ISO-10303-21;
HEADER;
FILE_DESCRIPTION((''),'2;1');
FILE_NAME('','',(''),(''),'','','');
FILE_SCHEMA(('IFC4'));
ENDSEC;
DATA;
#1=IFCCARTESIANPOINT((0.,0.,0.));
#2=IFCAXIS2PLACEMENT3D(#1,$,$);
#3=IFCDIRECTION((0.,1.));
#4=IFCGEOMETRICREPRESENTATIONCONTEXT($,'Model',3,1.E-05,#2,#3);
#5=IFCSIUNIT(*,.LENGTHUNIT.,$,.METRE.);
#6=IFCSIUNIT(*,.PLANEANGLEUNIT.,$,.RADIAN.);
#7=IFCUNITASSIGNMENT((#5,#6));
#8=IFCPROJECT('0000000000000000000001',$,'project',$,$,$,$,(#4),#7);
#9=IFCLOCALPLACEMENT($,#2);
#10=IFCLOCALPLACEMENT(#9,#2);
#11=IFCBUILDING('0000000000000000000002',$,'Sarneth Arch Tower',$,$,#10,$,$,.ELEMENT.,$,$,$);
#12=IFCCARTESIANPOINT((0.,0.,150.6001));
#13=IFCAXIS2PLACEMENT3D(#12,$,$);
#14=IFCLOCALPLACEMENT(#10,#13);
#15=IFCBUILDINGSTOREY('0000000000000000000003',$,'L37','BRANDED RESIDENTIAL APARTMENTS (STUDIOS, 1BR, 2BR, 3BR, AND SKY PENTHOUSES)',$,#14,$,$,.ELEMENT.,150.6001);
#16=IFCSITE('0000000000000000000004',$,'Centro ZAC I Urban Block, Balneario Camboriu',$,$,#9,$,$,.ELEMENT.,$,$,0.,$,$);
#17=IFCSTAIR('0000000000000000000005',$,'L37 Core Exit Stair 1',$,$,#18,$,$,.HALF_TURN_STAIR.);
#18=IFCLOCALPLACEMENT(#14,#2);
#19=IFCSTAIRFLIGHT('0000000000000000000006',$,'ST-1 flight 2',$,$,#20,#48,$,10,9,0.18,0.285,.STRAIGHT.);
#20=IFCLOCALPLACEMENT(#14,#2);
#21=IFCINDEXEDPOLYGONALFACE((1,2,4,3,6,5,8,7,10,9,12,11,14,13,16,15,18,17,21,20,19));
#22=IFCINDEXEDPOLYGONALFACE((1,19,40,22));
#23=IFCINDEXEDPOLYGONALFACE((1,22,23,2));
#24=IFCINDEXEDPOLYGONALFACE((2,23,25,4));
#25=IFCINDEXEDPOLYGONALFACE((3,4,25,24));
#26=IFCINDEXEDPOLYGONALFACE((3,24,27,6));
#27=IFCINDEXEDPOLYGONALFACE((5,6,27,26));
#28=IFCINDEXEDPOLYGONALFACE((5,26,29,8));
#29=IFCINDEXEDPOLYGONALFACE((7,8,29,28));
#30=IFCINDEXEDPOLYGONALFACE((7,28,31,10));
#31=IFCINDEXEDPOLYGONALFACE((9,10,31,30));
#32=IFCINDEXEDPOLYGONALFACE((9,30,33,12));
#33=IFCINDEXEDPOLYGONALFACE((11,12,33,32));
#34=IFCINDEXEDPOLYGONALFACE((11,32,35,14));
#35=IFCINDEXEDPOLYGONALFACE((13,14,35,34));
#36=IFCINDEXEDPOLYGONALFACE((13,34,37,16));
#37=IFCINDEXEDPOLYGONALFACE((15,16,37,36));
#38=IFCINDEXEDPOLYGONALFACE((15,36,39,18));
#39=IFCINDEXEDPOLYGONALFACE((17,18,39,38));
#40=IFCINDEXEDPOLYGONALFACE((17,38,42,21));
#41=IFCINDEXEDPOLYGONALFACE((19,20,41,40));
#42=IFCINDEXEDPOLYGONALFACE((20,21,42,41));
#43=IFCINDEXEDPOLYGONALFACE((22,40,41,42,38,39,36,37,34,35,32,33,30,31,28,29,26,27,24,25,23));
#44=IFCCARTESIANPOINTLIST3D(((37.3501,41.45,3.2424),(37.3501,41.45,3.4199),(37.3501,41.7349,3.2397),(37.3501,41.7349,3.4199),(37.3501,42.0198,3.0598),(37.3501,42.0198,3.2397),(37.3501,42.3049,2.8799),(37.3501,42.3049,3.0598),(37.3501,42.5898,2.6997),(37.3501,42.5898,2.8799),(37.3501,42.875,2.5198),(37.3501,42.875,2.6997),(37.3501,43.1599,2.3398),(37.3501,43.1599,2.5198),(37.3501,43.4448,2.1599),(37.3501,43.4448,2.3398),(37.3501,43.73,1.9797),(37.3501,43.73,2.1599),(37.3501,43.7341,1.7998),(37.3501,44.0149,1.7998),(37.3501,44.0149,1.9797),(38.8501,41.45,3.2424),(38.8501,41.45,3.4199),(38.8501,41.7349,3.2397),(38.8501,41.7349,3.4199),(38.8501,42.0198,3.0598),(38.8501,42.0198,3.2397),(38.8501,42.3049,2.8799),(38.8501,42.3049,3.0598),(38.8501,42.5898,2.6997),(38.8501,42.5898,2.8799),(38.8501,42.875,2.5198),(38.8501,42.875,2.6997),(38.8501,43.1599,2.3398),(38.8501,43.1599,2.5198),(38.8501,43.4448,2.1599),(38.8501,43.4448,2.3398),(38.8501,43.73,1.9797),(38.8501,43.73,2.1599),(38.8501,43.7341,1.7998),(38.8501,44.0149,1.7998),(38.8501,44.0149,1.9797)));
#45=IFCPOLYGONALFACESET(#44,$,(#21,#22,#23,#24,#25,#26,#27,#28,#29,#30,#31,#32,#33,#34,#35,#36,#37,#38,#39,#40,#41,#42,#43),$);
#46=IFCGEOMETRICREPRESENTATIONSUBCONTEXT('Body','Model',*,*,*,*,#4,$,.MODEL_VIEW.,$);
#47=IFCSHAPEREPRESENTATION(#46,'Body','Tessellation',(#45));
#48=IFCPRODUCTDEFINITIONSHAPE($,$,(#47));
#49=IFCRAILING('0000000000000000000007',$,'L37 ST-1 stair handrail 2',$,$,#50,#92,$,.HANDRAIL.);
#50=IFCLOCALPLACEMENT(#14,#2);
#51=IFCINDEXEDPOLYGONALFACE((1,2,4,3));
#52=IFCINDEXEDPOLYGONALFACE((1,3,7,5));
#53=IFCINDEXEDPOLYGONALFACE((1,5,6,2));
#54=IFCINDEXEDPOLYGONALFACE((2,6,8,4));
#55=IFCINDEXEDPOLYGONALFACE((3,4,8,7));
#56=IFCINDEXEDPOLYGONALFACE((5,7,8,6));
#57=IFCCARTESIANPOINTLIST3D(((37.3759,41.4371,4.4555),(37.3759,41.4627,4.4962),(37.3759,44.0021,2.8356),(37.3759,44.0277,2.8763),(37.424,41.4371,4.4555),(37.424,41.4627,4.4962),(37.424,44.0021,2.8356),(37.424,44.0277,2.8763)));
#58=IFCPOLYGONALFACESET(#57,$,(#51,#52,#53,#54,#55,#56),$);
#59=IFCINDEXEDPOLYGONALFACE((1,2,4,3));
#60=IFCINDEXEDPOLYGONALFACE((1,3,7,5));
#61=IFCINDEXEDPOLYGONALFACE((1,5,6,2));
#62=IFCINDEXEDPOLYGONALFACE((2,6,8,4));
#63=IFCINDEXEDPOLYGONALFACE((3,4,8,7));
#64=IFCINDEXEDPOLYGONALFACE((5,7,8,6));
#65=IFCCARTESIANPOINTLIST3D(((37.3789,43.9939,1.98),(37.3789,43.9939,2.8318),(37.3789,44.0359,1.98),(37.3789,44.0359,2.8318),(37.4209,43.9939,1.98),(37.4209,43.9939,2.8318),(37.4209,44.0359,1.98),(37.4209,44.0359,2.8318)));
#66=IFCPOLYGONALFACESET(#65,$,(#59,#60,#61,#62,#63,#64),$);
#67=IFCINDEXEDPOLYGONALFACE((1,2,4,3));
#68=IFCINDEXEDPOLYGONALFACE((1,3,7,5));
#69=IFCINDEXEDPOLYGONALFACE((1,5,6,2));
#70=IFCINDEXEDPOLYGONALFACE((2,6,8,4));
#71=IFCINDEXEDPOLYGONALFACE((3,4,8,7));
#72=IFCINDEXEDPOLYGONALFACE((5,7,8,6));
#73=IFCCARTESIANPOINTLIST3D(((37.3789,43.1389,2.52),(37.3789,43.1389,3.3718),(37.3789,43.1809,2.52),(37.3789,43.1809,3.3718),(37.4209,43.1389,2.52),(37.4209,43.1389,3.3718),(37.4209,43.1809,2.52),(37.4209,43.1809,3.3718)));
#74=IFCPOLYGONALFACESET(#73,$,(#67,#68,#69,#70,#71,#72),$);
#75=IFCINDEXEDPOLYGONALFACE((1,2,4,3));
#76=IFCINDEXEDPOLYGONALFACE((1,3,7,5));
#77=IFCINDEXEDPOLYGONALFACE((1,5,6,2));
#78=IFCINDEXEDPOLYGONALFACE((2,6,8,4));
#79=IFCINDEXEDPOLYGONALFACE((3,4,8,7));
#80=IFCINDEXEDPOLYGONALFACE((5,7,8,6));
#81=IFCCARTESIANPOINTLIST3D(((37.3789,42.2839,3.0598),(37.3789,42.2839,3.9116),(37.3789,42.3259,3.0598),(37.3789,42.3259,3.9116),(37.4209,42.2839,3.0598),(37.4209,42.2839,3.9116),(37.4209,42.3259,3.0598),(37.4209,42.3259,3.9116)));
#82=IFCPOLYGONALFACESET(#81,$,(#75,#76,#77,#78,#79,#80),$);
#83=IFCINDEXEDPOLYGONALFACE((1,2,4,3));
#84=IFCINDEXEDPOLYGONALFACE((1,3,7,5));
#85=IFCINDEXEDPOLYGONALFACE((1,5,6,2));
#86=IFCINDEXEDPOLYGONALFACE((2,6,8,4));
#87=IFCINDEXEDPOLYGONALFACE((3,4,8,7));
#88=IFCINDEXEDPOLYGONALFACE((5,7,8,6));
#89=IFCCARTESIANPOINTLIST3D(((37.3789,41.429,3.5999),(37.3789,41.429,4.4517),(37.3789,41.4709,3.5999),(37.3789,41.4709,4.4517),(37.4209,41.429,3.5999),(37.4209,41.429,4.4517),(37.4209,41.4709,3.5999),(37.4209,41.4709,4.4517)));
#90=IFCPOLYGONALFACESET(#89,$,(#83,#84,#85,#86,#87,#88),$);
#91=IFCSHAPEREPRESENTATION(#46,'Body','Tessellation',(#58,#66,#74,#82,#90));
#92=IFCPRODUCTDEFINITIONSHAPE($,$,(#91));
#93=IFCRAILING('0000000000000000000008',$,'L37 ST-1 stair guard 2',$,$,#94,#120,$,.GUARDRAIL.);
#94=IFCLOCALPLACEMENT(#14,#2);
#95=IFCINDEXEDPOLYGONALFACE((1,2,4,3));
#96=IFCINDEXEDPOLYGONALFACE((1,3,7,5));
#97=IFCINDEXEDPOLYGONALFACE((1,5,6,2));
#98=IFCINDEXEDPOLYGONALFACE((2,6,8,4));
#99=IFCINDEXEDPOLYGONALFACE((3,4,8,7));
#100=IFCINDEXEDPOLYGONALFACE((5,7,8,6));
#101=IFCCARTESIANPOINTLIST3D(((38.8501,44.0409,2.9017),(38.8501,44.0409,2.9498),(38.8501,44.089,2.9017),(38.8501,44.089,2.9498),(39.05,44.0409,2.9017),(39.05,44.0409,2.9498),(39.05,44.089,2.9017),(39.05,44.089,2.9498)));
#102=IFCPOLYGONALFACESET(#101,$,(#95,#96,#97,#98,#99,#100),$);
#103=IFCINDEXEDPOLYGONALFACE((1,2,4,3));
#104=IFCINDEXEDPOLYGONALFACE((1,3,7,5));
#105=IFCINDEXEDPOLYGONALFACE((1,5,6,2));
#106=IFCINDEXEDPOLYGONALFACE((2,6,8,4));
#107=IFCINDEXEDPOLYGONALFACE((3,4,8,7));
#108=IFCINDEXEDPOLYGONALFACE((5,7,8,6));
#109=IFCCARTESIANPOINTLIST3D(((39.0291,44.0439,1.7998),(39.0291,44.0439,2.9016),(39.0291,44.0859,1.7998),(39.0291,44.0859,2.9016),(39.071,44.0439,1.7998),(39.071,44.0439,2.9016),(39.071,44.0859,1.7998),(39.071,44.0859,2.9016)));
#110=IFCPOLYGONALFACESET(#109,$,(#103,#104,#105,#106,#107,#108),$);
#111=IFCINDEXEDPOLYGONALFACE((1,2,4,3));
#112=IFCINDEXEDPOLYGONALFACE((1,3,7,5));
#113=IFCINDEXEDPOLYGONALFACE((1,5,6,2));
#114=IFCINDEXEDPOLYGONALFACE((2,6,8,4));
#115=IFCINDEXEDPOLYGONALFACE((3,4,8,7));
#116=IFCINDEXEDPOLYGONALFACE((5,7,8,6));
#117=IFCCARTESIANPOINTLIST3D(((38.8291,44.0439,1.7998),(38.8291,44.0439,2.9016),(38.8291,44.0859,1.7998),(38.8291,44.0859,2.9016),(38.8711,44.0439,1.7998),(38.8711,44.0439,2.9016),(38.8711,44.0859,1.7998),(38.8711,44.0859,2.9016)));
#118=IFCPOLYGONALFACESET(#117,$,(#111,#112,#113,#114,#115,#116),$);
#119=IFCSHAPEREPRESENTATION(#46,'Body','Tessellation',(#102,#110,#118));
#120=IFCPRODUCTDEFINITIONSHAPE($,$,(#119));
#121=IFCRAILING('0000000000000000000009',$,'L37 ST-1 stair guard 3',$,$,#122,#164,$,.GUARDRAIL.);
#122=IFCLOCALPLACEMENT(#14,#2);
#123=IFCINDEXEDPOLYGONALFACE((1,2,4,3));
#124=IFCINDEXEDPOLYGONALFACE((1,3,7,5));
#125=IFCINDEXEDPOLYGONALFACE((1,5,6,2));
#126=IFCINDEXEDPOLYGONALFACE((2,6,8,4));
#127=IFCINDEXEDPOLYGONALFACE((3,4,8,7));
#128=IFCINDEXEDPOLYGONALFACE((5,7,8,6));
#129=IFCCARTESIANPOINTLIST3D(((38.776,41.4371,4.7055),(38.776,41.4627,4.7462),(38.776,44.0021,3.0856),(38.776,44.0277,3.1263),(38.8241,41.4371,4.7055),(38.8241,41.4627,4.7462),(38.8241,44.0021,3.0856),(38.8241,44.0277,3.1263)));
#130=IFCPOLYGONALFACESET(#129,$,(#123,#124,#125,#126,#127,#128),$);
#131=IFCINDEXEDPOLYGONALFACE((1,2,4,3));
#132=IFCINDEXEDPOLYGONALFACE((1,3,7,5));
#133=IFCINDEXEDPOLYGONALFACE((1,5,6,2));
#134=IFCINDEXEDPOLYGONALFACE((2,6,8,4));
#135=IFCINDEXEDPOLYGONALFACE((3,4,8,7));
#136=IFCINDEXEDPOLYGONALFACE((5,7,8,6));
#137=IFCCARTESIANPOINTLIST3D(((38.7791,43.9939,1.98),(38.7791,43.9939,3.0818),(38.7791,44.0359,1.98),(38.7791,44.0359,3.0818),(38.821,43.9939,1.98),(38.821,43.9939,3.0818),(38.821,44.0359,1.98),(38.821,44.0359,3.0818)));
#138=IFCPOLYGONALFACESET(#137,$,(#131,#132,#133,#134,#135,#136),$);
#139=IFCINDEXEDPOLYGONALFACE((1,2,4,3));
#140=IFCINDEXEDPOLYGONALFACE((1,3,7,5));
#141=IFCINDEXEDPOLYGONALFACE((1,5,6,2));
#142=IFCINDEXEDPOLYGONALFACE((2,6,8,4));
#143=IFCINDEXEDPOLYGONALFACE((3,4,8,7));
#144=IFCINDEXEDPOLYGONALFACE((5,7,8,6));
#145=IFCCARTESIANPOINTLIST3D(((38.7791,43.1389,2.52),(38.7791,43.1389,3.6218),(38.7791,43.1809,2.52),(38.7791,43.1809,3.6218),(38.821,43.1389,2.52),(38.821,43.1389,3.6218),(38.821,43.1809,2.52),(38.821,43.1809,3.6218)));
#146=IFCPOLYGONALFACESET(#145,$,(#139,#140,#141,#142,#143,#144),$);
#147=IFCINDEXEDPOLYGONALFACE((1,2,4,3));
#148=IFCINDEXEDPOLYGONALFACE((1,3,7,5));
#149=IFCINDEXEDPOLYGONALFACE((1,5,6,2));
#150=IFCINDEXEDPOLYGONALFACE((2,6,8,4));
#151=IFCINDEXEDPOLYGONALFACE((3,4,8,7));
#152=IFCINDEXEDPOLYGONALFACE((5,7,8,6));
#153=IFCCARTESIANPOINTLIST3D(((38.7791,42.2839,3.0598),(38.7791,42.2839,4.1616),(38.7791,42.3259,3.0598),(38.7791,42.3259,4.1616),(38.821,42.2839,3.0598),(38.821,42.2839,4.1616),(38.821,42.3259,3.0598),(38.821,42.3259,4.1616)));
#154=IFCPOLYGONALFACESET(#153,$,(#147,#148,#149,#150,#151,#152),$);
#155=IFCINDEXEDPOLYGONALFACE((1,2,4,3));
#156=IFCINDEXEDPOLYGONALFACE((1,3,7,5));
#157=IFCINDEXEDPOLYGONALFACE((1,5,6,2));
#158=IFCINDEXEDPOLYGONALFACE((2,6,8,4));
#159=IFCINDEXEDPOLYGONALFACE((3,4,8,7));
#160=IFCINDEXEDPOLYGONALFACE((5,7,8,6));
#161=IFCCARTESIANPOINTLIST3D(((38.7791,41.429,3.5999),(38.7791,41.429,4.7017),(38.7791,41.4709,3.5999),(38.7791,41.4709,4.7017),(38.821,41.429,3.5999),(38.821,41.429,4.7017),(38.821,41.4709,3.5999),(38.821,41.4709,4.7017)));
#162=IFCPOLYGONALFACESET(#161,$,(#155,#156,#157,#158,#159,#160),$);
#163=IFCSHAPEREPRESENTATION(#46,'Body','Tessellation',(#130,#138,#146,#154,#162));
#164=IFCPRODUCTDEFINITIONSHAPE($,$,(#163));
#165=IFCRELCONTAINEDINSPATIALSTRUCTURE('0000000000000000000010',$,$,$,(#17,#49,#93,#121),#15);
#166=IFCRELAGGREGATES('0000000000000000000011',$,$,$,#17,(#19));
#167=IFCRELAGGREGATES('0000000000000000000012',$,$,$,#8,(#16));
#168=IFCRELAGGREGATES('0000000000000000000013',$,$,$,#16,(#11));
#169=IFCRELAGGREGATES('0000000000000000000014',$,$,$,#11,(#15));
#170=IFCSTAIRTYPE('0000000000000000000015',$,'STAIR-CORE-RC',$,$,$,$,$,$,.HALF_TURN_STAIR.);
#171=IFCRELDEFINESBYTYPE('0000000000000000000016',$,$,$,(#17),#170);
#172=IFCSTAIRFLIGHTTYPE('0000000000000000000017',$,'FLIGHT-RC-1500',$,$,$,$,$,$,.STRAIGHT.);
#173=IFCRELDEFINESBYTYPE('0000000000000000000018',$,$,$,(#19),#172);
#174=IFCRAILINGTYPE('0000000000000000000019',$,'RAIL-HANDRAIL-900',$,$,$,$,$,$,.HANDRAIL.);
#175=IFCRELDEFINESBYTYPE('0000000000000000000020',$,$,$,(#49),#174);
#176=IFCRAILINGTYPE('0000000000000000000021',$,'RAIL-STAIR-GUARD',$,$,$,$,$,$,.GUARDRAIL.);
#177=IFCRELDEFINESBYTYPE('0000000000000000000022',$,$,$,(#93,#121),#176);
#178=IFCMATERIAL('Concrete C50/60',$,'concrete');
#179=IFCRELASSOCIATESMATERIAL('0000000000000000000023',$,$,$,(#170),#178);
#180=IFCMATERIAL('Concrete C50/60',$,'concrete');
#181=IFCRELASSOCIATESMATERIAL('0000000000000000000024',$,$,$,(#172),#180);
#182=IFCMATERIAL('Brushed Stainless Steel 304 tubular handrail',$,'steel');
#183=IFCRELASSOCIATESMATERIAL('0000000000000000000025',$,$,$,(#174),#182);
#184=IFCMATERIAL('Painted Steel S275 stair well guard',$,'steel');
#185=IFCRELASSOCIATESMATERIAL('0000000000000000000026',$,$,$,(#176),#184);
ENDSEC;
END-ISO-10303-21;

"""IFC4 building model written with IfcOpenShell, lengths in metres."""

from ifc_helpers import new_model, si_unit, direction, frame, origin, origin_2d, place, context, subcontext, project, spatial, polyline, rectangle, outline, extrude, material, type_object, element, aggregate, save


model = new_model("IFC4")

# Units and contexts
model_context = context("Model", 3, precision=1e-05, world=origin(), true_north=direction((0.0, 1.0)))
body_context = subcontext(model_context, "Body", "Model", "MODEL_VIEW")
ifc_project = project(units=[si_unit("LENGTHUNIT", "METRE"), si_unit("PLANEANGLEUNIT", "RADIAN")], contexts=[model_context])

# Site, building, storey
site_placement = place(None, origin())
site = spatial("IfcSite", under=ifc_project, at=site_placement, Name="Centro ZAC I Urban Block, Balneario Camboriu", CompositionType="ELEMENT", RefElevation=0.0)
building_placement = place(site_placement, origin())
building = spatial("IfcBuilding", under=site, at=building_placement, Name="Sarneth Arch Tower", CompositionType="ELEMENT")
storey_placement = place(building_placement, frame((0.0, 0.0, 150.6001)))
storey = spatial("IfcBuildingStorey", under=building, at=storey_placement, Name="L37", Description="BRANDED RESIDENTIAL APARTMENTS (STUDIOS, 1BR, 2BR, 3BR, AND SKY PENTHOUSES)", CompositionType="ELEMENT", Elevation=150.6001)

# Stair, stair flight
ifc_material_1 = material(Name="Concrete C50/60", Category="concrete")
stair_type = type_object("IfcStairType", Name="STAIR-CORE-RC", PredefinedType="HALF_TURN_STAIR", material=ifc_material_1)
stair_placement = place(storey_placement, origin())
stair = element("IfcStair", 1, at=stair_placement, inside=storey, type_object=stair_type, Name="L37 Core Exit Stair 1", PredefinedType="HALF_TURN_STAIR")
ifc_material_2 = material(Name="Concrete C50/60", Category="concrete")
stair_flight_type = type_object("IfcStairFlightType", Name="FLIGHT-RC-1500", PredefinedType="STRAIGHT", material=ifc_material_2)
stair_flight_placement = place(storey_placement, frame((38.1001, 44.0149, 1.7998), z_axis=(0.0, 0.0, 1.0), x_axis=(0.0, -1.0, 0.0)))
stair_flight = element("IfcStairFlight", 2, at=stair_flight_placement, type_object=stair_flight_type, Name="ST-1 flight 2", NumberOfRisers=10, NumberOfTreads=9, PredefinedType="STRAIGHT", RiserHeight=0.18, TreadLength=0.285, context=body_context, shape_type="SweptSolid", body=[
    extrude(outline(polyline([(0.0, 0.0), (0.0, 0.1799), (0.2849, 0.1799), (0.2849, 0.3601), (0.5701, 0.3601), (0.5701, 0.54), (0.855, 0.54), (0.855, 0.72), (1.1399, 0.72), (1.1399, 0.8999), (1.425, 0.8999), (1.425, 1.0801), (1.71, 1.0801), (1.71, 1.26), (1.9951, 1.26), (1.9951, 1.4399), (2.28, 1.4399), (2.28, 1.6201), (2.5649, 1.6201), (2.5649, 1.8), (2.5649, 1.4426), (0.2808, 0.0), (0.0, 0.0)])), frame((0.0, 0.75, 0.0), z_axis=(0.0, -1.0, 0.0), x_axis=(1.0, 0.0, 0.0)), (0.0, 0.0, 1.0), 1.5),
])
aggregate(stair, [stair_flight])

# Railings
ifc_material_3 = material(Name="Brushed Stainless Steel 304 tubular handrail", Category="steel")
railing_type_1 = type_object("IfcRailingType", Name="RAIL-HANDRAIL-900", PredefinedType="HANDRAIL", material=ifc_material_3)
railing_1_placement = place(storey_placement, frame((37.3999, 44.0149, 1.98)))
element("IfcRailing", 3, at=railing_1_placement, inside=storey, type_object=railing_type_1, Name="L37 ST-1 stair handrail 2", PredefinedType="HANDRAIL", context=body_context, shape_type="SweptSolid", body=[
    extrude(rectangle(XDim=0.0481, YDim=0.0481, at=origin_2d()), frame((0.0, 0.0, 0.876), z_axis=(0.0, -0.845502, 0.533972), x_axis=(1.0, 0.0, 0.0)), (0.0, 0.0, 1.0), 3.0337),
    extrude(rectangle(XDim=0.042, YDim=0.042, at=origin_2d()), origin(), (0.0, 0.0, 1.0), 0.8518),
    extrude(rectangle(XDim=0.042, YDim=0.042, at=origin_2d()), frame((0.0, -0.855, 0.54)), (0.0, 0.0, 1.0), 0.8518),
    extrude(rectangle(XDim=0.042, YDim=0.042, at=origin_2d()), frame((0.0, -1.71, 1.0798)), (0.0, 0.0, 1.0), 0.8518),
    extrude(rectangle(XDim=0.042, YDim=0.042, at=origin_2d()), frame((0.0, -2.5649, 1.6199)), (0.0, 0.0, 1.0), 0.8518),
])
ifc_material_4 = material(Name="Painted Steel S275 stair well guard", Category="steel")
railing_type_2 = type_object("IfcRailingType", Name="RAIL-STAIR-GUARD", PredefinedType="GUARDRAIL", material=ifc_material_4)
railing_2_placement = place(storey_placement, frame((39.05, 44.0649, 1.7998)))
element("IfcRailing", 4, at=railing_2_placement, inside=storey, type_object=railing_type_2, Name="L37 ST-1 stair guard 2", PredefinedType="GUARDRAIL", context=body_context, shape_type="SweptSolid", body=[
    extrude(rectangle(XDim=0.0481, YDim=0.0481, at=origin_2d()), frame((0.0, 0.0, 1.126), z_axis=(-1.0, 0.0, 0.0), x_axis=(0.0, -1.0, 0.0)), (0.0, 0.0, 1.0), 0.2),
    extrude(rectangle(XDim=0.042, YDim=0.042, at=origin_2d()), origin(), (0.0, 0.0, 1.0), 1.1018),
    extrude(rectangle(XDim=0.042, YDim=0.042, at=origin_2d()), frame((-0.2, 0.0, 0.0)), (0.0, 0.0, 1.0), 1.1018),
])
railing_3_placement = place(storey_placement, frame((38.8, 44.0149, 1.98)))
element("IfcRailing", 5, at=railing_3_placement, inside=storey, type_object=railing_type_2, Name="L37 ST-1 stair guard 3", PredefinedType="GUARDRAIL", context=body_context, shape_type="SweptSolid", body=[
    extrude(rectangle(XDim=0.0481, YDim=0.0481, at=origin_2d()), frame((0.0, 0.0, 1.126), z_axis=(0.0, -0.845502, 0.533972), x_axis=(1.0, 0.0, 0.0)), (0.0, 0.0, 1.0), 3.0337),
    extrude(rectangle(XDim=0.042, YDim=0.042, at=origin_2d()), origin(), (0.0, 0.0, 1.0), 1.1018),
    extrude(rectangle(XDim=0.042, YDim=0.042, at=origin_2d()), frame((0.0, -0.855, 0.54)), (0.0, 0.0, 1.0), 1.1018),
    extrude(rectangle(XDim=0.042, YDim=0.042, at=origin_2d()), frame((0.0, -1.71, 1.0798)), (0.0, 0.0, 1.0), 1.1018),
    extrude(rectangle(XDim=0.042, YDim=0.042, at=origin_2d()), frame((0.0, -2.5649, 1.6199)), (0.0, 0.0, 1.0), 1.1018),
])

save(model, "model.ifc")
